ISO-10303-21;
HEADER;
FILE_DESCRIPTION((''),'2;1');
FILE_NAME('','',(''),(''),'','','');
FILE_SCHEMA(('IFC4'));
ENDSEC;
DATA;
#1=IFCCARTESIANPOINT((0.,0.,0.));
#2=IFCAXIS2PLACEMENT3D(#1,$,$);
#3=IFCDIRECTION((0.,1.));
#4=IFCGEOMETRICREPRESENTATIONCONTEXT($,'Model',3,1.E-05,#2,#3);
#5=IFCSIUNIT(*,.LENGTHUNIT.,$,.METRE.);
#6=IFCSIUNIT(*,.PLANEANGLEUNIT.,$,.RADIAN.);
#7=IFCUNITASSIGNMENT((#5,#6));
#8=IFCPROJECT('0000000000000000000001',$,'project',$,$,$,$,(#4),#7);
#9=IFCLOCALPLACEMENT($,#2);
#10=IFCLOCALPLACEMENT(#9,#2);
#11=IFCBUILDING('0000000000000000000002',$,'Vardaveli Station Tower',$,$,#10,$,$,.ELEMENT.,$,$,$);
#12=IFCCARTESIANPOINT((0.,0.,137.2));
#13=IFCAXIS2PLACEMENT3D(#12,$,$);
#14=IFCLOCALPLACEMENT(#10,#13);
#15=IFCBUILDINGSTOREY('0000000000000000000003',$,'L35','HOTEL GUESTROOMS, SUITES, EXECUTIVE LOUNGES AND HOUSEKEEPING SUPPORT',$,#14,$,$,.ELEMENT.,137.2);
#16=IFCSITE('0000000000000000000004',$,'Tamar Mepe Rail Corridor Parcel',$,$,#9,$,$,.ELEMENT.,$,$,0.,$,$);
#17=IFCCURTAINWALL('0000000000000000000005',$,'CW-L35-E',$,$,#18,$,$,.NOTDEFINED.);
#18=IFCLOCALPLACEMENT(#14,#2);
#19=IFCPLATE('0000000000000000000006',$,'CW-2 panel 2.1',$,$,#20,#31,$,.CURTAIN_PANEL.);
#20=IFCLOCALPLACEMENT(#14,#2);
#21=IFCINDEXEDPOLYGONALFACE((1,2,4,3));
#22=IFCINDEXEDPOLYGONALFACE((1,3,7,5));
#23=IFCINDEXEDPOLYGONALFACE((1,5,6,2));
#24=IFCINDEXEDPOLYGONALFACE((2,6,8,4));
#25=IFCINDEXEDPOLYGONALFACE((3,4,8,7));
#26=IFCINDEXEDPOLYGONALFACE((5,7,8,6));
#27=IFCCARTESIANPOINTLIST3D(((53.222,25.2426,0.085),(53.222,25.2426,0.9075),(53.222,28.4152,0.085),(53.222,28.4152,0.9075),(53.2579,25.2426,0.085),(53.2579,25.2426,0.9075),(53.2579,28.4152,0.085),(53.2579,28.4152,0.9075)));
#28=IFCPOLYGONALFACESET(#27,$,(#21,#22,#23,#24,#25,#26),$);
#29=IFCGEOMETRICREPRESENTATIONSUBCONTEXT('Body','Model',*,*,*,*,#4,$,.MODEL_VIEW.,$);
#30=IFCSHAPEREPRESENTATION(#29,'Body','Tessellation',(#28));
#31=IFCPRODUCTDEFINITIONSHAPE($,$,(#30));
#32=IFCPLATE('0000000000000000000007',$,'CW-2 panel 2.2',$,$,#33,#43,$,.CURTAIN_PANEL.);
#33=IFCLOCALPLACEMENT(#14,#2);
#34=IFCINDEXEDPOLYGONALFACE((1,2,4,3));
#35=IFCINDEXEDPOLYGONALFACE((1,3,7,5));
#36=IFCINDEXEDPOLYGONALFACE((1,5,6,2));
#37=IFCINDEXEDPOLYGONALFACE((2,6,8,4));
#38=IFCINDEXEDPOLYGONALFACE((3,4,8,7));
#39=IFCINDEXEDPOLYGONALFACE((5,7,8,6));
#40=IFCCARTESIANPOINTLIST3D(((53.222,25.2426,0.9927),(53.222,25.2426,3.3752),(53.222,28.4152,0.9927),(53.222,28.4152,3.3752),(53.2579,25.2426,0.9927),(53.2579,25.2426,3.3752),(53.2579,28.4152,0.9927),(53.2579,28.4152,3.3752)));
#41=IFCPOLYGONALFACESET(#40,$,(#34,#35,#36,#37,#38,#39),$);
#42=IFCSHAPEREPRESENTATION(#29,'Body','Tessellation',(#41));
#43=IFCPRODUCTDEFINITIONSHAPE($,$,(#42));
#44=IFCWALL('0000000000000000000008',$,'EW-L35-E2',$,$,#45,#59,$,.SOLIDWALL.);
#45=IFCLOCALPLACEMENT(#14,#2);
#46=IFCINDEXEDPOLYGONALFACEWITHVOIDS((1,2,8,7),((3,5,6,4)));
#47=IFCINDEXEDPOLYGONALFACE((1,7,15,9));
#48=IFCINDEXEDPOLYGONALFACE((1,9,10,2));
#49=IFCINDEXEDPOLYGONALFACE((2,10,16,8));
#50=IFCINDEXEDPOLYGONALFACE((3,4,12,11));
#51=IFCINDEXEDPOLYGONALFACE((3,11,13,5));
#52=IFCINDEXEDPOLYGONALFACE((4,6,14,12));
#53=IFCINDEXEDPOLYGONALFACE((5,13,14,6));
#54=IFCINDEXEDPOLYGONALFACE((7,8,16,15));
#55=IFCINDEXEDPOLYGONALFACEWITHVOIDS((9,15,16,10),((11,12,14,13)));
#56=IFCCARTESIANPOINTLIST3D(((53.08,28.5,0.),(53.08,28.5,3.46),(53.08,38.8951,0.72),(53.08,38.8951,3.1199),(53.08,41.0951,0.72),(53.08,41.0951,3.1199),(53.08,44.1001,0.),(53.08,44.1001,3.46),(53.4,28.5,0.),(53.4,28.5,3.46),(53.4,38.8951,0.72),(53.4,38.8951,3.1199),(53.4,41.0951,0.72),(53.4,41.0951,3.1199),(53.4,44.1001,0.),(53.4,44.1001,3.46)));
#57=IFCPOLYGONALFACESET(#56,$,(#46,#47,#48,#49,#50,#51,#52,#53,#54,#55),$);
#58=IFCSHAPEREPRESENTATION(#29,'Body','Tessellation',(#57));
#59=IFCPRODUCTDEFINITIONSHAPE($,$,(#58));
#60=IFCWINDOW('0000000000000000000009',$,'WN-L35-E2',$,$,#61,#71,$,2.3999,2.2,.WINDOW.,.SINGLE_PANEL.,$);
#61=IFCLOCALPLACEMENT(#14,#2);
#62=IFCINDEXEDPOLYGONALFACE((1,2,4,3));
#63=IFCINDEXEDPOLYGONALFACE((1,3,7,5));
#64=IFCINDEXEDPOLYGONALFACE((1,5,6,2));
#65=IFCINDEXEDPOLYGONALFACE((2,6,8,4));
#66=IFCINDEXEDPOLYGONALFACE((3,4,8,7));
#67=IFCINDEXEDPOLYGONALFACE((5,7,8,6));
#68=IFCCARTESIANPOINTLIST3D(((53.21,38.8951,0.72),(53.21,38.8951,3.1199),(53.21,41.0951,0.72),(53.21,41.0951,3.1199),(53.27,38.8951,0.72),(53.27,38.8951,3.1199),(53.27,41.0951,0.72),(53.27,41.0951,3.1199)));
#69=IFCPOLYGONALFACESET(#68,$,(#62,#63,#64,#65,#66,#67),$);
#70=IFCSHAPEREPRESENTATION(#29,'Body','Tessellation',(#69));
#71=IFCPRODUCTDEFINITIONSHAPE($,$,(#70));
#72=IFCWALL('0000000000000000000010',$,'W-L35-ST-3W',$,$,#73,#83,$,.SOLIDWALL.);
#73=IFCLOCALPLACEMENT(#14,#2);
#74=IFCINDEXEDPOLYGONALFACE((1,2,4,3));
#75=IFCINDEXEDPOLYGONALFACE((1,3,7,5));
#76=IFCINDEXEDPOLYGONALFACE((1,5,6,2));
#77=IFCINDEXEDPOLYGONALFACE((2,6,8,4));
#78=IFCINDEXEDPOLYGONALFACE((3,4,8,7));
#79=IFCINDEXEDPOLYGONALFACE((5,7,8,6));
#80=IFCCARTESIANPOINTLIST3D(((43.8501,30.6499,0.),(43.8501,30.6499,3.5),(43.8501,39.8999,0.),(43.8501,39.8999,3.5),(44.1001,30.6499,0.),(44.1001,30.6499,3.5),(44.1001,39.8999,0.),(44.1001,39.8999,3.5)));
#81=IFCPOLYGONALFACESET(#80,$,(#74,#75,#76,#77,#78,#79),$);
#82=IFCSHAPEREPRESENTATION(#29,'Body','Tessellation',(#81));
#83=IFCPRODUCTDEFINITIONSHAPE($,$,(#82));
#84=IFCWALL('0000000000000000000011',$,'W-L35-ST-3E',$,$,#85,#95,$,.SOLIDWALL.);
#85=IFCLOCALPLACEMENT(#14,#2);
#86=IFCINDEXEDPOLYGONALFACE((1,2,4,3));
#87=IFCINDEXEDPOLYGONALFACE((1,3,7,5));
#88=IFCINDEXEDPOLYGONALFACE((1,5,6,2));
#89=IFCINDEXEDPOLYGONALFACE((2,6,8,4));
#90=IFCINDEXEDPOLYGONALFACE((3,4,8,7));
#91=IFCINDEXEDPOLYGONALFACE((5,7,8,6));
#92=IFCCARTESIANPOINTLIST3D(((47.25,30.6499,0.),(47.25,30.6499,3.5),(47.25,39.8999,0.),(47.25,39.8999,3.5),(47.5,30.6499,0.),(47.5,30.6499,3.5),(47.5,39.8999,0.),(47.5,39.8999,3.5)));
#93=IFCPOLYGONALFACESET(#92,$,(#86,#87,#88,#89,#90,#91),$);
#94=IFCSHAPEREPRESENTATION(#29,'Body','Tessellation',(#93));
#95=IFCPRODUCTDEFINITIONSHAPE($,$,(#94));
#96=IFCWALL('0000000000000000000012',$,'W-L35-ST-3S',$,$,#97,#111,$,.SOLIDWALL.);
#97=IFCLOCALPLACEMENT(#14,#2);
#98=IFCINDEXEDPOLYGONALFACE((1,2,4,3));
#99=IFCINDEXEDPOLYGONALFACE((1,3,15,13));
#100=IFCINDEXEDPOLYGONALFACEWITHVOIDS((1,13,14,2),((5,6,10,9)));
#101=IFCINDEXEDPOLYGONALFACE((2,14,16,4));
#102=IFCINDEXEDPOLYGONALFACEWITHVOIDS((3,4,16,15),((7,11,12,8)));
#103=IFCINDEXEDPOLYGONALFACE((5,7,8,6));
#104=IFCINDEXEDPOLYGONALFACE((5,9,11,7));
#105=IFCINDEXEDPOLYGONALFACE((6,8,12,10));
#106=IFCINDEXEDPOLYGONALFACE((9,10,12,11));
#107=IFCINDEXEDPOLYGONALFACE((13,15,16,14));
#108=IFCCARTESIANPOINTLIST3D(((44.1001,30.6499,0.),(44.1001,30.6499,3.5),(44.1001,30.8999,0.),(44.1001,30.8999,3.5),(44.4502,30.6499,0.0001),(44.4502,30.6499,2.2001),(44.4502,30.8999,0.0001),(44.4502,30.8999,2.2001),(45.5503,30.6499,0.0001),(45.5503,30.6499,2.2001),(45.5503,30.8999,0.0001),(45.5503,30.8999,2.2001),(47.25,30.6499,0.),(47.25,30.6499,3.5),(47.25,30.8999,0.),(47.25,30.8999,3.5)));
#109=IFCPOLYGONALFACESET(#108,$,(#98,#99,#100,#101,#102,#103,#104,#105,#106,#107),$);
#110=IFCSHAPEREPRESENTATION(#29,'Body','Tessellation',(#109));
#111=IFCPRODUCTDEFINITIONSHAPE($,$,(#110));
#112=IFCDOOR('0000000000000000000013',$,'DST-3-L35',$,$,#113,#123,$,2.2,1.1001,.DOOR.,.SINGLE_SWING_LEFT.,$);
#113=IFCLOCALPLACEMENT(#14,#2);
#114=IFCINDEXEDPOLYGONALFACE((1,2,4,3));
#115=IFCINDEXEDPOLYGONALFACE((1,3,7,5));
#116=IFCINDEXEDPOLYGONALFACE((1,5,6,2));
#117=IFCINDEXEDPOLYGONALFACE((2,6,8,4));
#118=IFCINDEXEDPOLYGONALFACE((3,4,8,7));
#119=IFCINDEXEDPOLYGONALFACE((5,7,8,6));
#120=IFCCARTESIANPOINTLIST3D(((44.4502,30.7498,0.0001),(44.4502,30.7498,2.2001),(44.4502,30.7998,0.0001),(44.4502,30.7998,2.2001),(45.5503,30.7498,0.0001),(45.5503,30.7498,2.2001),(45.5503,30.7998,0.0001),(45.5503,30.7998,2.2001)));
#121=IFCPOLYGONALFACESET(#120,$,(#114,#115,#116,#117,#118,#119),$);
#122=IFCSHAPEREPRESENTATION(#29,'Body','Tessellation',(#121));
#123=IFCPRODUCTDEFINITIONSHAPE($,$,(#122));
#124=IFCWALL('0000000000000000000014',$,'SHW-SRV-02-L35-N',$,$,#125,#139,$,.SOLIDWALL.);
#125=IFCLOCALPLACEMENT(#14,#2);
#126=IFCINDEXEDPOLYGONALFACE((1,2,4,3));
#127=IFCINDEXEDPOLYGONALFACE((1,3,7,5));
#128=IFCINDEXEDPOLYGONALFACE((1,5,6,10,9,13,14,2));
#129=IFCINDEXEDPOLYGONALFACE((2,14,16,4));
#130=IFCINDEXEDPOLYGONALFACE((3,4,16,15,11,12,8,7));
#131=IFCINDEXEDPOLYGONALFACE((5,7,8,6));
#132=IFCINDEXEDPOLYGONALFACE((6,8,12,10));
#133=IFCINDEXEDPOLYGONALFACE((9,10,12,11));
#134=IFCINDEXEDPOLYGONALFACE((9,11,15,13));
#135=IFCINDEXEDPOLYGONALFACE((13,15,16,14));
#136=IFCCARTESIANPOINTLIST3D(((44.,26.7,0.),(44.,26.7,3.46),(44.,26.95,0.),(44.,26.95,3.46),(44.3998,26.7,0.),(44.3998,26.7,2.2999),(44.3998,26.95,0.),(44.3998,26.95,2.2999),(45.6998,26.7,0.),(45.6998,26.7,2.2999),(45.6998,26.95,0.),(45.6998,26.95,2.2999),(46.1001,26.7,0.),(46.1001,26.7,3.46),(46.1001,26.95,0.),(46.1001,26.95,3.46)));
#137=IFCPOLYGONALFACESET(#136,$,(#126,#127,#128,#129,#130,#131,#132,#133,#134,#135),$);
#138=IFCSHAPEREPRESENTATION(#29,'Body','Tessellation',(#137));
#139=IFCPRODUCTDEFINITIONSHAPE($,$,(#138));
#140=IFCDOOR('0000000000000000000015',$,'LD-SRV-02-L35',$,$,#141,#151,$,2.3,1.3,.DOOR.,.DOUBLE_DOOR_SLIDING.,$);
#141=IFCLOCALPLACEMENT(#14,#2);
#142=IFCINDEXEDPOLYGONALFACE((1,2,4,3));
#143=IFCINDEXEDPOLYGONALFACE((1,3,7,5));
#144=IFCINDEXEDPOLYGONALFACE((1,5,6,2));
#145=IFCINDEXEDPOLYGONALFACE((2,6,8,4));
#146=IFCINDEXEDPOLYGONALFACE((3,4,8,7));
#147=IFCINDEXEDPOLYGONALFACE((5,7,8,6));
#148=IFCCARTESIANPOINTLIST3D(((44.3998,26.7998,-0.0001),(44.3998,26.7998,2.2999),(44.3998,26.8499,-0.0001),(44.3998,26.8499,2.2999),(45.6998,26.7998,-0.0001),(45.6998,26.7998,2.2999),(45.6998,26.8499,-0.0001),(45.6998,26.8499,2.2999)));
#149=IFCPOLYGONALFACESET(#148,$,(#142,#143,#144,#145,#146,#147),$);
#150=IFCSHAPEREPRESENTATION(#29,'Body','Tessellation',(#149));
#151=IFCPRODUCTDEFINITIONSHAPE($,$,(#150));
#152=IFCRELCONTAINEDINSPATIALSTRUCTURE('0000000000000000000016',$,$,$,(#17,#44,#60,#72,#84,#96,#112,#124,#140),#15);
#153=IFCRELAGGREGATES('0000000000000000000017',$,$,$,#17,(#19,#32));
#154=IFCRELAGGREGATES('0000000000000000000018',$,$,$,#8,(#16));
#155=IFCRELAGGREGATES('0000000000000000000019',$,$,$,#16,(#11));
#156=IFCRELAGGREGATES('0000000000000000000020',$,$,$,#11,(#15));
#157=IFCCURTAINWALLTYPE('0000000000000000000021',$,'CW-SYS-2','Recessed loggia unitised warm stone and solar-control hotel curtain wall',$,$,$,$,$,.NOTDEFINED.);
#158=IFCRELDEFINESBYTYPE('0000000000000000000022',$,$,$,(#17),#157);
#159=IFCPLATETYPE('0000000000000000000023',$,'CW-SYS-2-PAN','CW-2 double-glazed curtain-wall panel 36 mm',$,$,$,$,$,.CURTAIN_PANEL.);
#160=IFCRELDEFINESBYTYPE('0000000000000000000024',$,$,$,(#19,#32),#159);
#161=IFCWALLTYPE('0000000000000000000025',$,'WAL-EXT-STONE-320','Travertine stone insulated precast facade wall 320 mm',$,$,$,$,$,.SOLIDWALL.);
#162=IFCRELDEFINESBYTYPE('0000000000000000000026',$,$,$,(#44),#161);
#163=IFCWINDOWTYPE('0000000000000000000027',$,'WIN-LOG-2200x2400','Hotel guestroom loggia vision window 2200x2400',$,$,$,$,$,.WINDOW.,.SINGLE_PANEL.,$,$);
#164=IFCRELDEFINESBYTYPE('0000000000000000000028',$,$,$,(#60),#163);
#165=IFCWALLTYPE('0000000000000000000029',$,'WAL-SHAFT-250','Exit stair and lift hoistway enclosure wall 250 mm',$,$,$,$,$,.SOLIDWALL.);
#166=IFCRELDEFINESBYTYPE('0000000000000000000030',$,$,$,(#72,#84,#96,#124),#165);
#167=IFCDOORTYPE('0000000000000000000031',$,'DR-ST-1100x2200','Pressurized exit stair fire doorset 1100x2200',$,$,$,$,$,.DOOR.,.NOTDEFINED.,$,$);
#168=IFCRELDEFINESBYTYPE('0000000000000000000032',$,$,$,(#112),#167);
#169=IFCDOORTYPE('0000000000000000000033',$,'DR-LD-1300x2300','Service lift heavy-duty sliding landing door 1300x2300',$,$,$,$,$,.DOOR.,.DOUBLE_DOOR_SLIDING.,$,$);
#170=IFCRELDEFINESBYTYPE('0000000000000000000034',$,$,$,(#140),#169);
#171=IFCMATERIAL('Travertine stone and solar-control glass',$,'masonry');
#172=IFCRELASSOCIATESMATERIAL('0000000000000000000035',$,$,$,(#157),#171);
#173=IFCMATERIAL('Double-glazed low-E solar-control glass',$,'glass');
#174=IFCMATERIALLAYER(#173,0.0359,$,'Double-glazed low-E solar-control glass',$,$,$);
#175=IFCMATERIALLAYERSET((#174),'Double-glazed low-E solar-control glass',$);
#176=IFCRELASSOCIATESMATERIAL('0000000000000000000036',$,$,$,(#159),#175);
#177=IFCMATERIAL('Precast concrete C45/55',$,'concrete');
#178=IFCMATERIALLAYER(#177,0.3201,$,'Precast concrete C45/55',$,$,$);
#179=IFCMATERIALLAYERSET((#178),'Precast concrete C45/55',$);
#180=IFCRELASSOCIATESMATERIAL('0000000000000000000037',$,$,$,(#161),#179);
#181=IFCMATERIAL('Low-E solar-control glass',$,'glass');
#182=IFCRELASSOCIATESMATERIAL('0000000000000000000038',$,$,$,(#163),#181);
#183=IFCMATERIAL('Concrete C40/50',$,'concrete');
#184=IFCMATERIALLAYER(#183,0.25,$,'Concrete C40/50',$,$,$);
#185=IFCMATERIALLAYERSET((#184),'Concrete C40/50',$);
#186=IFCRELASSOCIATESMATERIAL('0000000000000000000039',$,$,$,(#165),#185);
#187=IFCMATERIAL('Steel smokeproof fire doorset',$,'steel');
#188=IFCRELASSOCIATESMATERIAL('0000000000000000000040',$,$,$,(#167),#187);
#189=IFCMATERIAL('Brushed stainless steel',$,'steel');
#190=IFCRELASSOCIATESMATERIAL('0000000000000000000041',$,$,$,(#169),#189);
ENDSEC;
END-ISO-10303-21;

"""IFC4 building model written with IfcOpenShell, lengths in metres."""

from ifc_helpers import new_model, si_unit, direction, frame, frame_2d, origin, origin_2d, place, context, subcontext, project, spatial, rectangle, extrude, source, transform, mapped, material, layer, layer_set, type_object, element, fill, aggregate, save


model = new_model("IFC4")

# Units and contexts
model_context = context("Model", 3, precision=1e-05, world=origin(), true_north=direction((0.0, 1.0)))
body_context = subcontext(model_context, "Body", "Model", "MODEL_VIEW")
ifc_project = project(units=[si_unit("LENGTHUNIT", "METRE"), si_unit("PLANEANGLEUNIT", "RADIAN")], contexts=[model_context])

# Site, building, storey
site_placement = place(None, origin())
site = spatial("IfcSite", under=ifc_project, at=site_placement, Name="Tamar Mepe Rail Corridor Parcel", CompositionType="ELEMENT", RefElevation=0.0)
building_placement = place(site_placement, origin())
building = spatial("IfcBuilding", under=site, at=building_placement, Name="Vardaveli Station Tower", CompositionType="ELEMENT")
storey_placement = place(building_placement, frame((0.0, 0.0, 137.2)))
storey = spatial("IfcBuildingStorey", under=building, at=storey_placement, Name="L35", Description="HOTEL GUESTROOMS, SUITES, EXECUTIVE LOUNGES AND HOUSEKEEPING SUPPORT", CompositionType="ELEMENT", Elevation=137.2)

# Shared definitions
ifc_material_1 = material(Name="Precast concrete C45/55", Category="concrete")

# Curtain wall, plates
ifc_material_2 = material(Name="Travertine stone and solar-control glass", Category="masonry")
curtain_wall_type = type_object("IfcCurtainWallType", Name="CW-SYS-2", Description="Recessed loggia unitised warm stone and solar-control hotel curtain wall", PredefinedType="NOTDEFINED", material=ifc_material_2)
curtain_wall_placement = place(storey_placement, origin())
curtain_wall = element("IfcCurtainWall", 1, at=curtain_wall_placement, inside=storey, type_object=curtain_wall_type, Name="CW-L35-E", PredefinedType="NOTDEFINED")
ifc_material_3 = material(Name="Double-glazed low-E solar-control glass", Category="glass")
ifc_layer_1 = layer(ifc_material_3, 0.0359, Name="Double-glazed low-E solar-control glass")
ifc_layer_set_1 = layer_set([ifc_layer_1], Name="Double-glazed low-E solar-control glass")
plate_type = type_object("IfcPlateType", Name="CW-SYS-2-PAN", Description="CW-2 double-glazed curtain-wall panel 36 mm", PredefinedType="CURTAIN_PANEL", material=ifc_layer_set_1)
shared_shape_1 = source(origin(), body_context, "Body", "SweptSolid", [
    extrude(rectangle(XDim=3.1726, YDim=0.0359, at=origin_2d()), origin(), (0.0, 0.0, 1.0), 0.8225),
])
plate_1_placement = place(storey_placement, frame((53.24, 26.8289, 0.085), z_axis=(0.0, 0.0, 1.0), x_axis=(0.0, 1.0, 0.0)))
plate_1 = element("IfcPlate", 2, at=plate_1_placement, type_object=plate_type, Name="CW-2 panel 2.1", PredefinedType="CURTAIN_PANEL", context=body_context, shape_type="MappedRepresentation", body=[
    mapped(shared_shape_1, transform((0.0, 0.0, 0.0), scale=1.0)),
])
shared_shape_2 = source(origin(), body_context, "Body", "SweptSolid", [
    extrude(rectangle(XDim=3.1726, YDim=0.0359, at=origin_2d()), origin(), (0.0, 0.0, 1.0), 2.3826),
])
plate_2_placement = place(storey_placement, frame((53.24, 26.8289, 0.9927), z_axis=(0.0, 0.0, 1.0), x_axis=(0.0, 1.0, 0.0)))
plate_2 = element("IfcPlate", 3, at=plate_2_placement, type_object=plate_type, Name="CW-2 panel 2.2", PredefinedType="CURTAIN_PANEL", context=body_context, shape_type="MappedRepresentation", body=[
    mapped(shared_shape_2, transform((0.0, 0.0, 0.0), scale=1.0)),
])
aggregate(curtain_wall, [plate_1, plate_2])

# Wall, opening, window
ifc_layer_2 = layer(ifc_material_1, 0.3201, Name="Precast concrete C45/55")
ifc_layer_set_2 = layer_set([ifc_layer_2], Name="Precast concrete C45/55")
wall_type_1 = type_object("IfcWallType", Name="WAL-EXT-STONE-320", Description="Travertine stone insulated precast facade wall 320 mm", PredefinedType="SOLIDWALL", material=ifc_layer_set_2)
shared_shape_3 = source(origin(), body_context, "Body", "SweptSolid", [
    extrude(rectangle(XDim=15.6001, YDim=0.3201, at=frame_2d((7.8, 0.0))), origin(), (0.0, 0.0, 1.0), 3.46),
])
wall_1_placement = place(storey_placement, frame((53.24, 28.5, 0.0), z_axis=(0.0, 0.0, 1.0), x_axis=(0.0, 1.0, 0.0)))
wall_1 = element("IfcWall", 4, at=wall_1_placement, inside=storey, type_object=wall_type_1, Name="EW-L35-E2", PredefinedType="SOLIDWALL", context=body_context, shape_type="MappedRepresentation", body=[
    mapped(shared_shape_3, transform((0.0, 0.0, 0.0), scale=1.0)),
])
shared_shape_4 = source(origin(), body_context, "Body", "SweptSolid", [
    extrude(rectangle(XDim=2.2, YDim=2.3999, at=frame_2d((1.1001, 1.2))), frame((0.0, 0.1699, 0.0), z_axis=(0.0, -1.0, 0.0), x_axis=(1.0, 0.0, 0.0)), (0.0, 0.0, 1.0), 0.3401),
])
opening_1_placement = place(wall_1_placement, frame((10.395, 0.0, 0.72)))
opening_1 = element("IfcOpeningElement", 5, at=opening_1_placement, cuts=wall_1, PredefinedType="OPENING", context=body_context, shape_type="MappedRepresentation", body=[
    mapped(shared_shape_4, transform((0.0, 0.0, 0.0), scale=1.0)),
])
ifc_material_4 = material(Name="Low-E solar-control glass", Category="glass")
window_type = type_object("IfcWindowType", Name="WIN-LOG-2200x2400", Description="Hotel guestroom loggia vision window 2200x2400", PartitioningType="SINGLE_PANEL", PredefinedType="WINDOW", material=ifc_material_4)
shared_shape_5 = source(origin(), body_context, "Body", "SweptSolid", [
    extrude(rectangle(XDim=2.2, YDim=2.3999, at=frame_2d((1.1001, 1.2))), frame((0.0, 0.03, 0.0), z_axis=(0.0, -1.0, 0.0), x_axis=(1.0, 0.0, 0.0)), (0.0, 0.0, 1.0), 0.0601),
])
window_placement = place(opening_1_placement, origin())
window = element("IfcWindow", 6, at=window_placement, inside=storey, type_object=window_type, Name="WN-L35-E2", OverallHeight=2.3999, OverallWidth=2.2, PartitioningType="SINGLE_PANEL", PredefinedType="WINDOW", context=body_context, shape_type="MappedRepresentation", body=[
    mapped(shared_shape_5, transform((0.0, 0.0, 0.0), scale=1.0)),
])
fill(opening_1, window)

# Walls
ifc_material_5 = material(Name="Concrete C40/50", Category="concrete")
ifc_layer_3 = layer(ifc_material_5, 0.25, Name="Concrete C40/50")
ifc_layer_set_3 = layer_set([ifc_layer_3], Name="Concrete C40/50")
wall_type_2 = type_object("IfcWallType", Name="WAL-SHAFT-250", Description="Exit stair and lift hoistway enclosure wall 250 mm", PredefinedType="SOLIDWALL", material=ifc_layer_set_3)
shared_shape_6 = source(origin(), body_context, "Body", "SweptSolid", [
    extrude(rectangle(XDim=9.25, YDim=0.25, at=frame_2d((4.625, 0.0))), origin(), (0.0, 0.0, 1.0), 3.5),
])
for number, where, z_axis, x_axis, name in (
    (7, (43.9751, 30.6499, 0.0), (0.0, 0.0, 1.0), (0.0, 1.0, 0.0), "W-L35-ST-3W"),
    (8, (47.375, 30.6499, 0.0), (0.0, 0.0, 1.0), (0.0, 1.0, 0.0), "W-L35-ST-3E"),
):
    element("IfcWall", number, at=place(storey_placement, frame(where, z_axis=z_axis, x_axis=x_axis)), inside=storey, type_object=wall_type_2, Name=name, PredefinedType="SOLIDWALL", context=body_context, shape_type="MappedRepresentation", body=[
        mapped(shared_shape_6, transform((0.0, 0.0, 0.0), scale=1.0)),
    ])

# Walls, openings, doors
shared_shape_7 = source(origin(), body_context, "Body", "SweptSolid", [
    extrude(rectangle(XDim=3.1499, YDim=0.25, at=frame_2d((1.575, 0.0))), origin(), (0.0, 0.0, 1.0), 3.5),
])
wall_2_placement = place(storey_placement, frame((44.1001, 30.7749, 0.0), z_axis=(0.0, 0.0, 1.0), x_axis=(1.0, 0.0, 0.0)))
wall_2 = element("IfcWall", 9, at=wall_2_placement, inside=storey, type_object=wall_type_2, Name="W-L35-ST-3S", PredefinedType="SOLIDWALL", context=body_context, shape_type="MappedRepresentation", body=[
    mapped(shared_shape_7, transform((0.0, 0.0, 0.0), scale=1.0)),
])
shared_shape_8 = source(origin(), body_context, "Body", "SweptSolid", [
    extrude(rectangle(XDim=1.1001, YDim=2.2, at=frame_2d((0.55, 1.1001))), frame((0.0, 0.135, 0.0), z_axis=(0.0, -1.0, 0.0), x_axis=(1.0, 0.0, 0.0)), (0.0, 0.0, 1.0), 0.27),
])
opening_2_placement = place(wall_2_placement, frame((0.3501, 0.0, 0.0)))
opening_2 = element("IfcOpeningElement", 10, at=opening_2_placement, cuts=wall_2, PredefinedType="OPENING", context=body_context, shape_type="MappedRepresentation", body=[
    mapped(shared_shape_8, transform((0.0, 0.0, 0.0), scale=1.0)),
])
ifc_material_6 = material(Name="Steel smokeproof fire doorset", Category="steel")
door_type_1 = type_object("IfcDoorType", Name="DR-ST-1100x2200", Description="Pressurized exit stair fire doorset 1100x2200", OperationType="NOTDEFINED", PredefinedType="DOOR", material=ifc_material_6)
shared_shape_9 = source(origin(), body_context, "Body", "SweptSolid", [
    extrude(rectangle(XDim=1.1001, YDim=2.2, at=frame_2d((0.55, 1.1001))), frame((0.0, 0.0249, 0.0), z_axis=(0.0, -1.0, 0.0), x_axis=(1.0, 0.0, 0.0)), (0.0, 0.0, 1.0), 0.05),
])
door_1_placement = place(opening_2_placement, origin())
door_1 = element("IfcDoor", 11, at=door_1_placement, inside=storey, type_object=door_type_1, Name="DST-3-L35", OperationType="SINGLE_SWING_LEFT", OverallHeight=2.2, OverallWidth=1.1001, PredefinedType="DOOR", context=body_context, shape_type="MappedRepresentation", body=[
    mapped(shared_shape_9, transform((0.0, 0.0, 0.0), scale=1.0)),
])
fill(opening_2, door_1)
shared_shape_10 = source(origin(), body_context, "Body", "SweptSolid", [
    extrude(rectangle(XDim=2.1001, YDim=0.25, at=frame_2d((1.05, 0.0))), origin(), (0.0, 0.0, 1.0), 3.46),
])
wall_3_placement = place(storey_placement, frame((44.0, 26.825, 0.0), z_axis=(0.0, 0.0, 1.0), x_axis=(1.0, 0.0, 0.0)))
wall_3 = element("IfcWall", 12, at=wall_3_placement, inside=storey, type_object=wall_type_2, Name="SHW-SRV-02-L35-N", PredefinedType="SOLIDWALL", context=body_context, shape_type="MappedRepresentation", body=[
    mapped(shared_shape_10, transform((0.0, 0.0, 0.0), scale=1.0)),
])
shared_shape_11 = source(origin(), body_context, "Body", "SweptSolid", [
    extrude(rectangle(XDim=1.3, YDim=2.3, at=frame_2d((0.6499, 1.1499))), frame((0.0, 0.135, 0.0), z_axis=(0.0, -1.0, 0.0), x_axis=(1.0, 0.0, 0.0)), (0.0, 0.0, 1.0), 0.27),
])
opening_3_placement = place(wall_3_placement, frame((0.3999, 0.0, 0.0)))
opening_3 = element("IfcOpeningElement", 13, at=opening_3_placement, cuts=wall_3, PredefinedType="OPENING", context=body_context, shape_type="MappedRepresentation", body=[
    mapped(shared_shape_11, transform((0.0, 0.0, 0.0), scale=1.0)),
])
ifc_material_7 = material(Name="Brushed stainless steel", Category="steel")
door_type_2 = type_object("IfcDoorType", Name="DR-LD-1300x2300", Description="Service lift heavy-duty sliding landing door 1300x2300", OperationType="DOUBLE_DOOR_SLIDING", PredefinedType="DOOR", material=ifc_material_7)
shared_shape_12 = source(origin(), body_context, "Body", "SweptSolid", [
    extrude(rectangle(XDim=1.3, YDim=2.3, at=frame_2d((0.6499, 1.1499))), frame((0.0, 0.0249, 0.0), z_axis=(0.0, -1.0, 0.0), x_axis=(1.0, 0.0, 0.0)), (0.0, 0.0, 1.0), 0.05),
])
door_2_placement = place(opening_3_placement, origin())
door_2 = element("IfcDoor", 14, at=door_2_placement, inside=storey, type_object=door_type_2, Name="LD-SRV-02-L35", OperationType="DOUBLE_DOOR_SLIDING", OverallHeight=2.3, OverallWidth=1.3, PredefinedType="DOOR", context=body_context, shape_type="MappedRepresentation", body=[
    mapped(shared_shape_12, transform((0.0, 0.0, 0.0), scale=1.0)),
])
fill(opening_3, door_2)

save(model, "model.ifc")
